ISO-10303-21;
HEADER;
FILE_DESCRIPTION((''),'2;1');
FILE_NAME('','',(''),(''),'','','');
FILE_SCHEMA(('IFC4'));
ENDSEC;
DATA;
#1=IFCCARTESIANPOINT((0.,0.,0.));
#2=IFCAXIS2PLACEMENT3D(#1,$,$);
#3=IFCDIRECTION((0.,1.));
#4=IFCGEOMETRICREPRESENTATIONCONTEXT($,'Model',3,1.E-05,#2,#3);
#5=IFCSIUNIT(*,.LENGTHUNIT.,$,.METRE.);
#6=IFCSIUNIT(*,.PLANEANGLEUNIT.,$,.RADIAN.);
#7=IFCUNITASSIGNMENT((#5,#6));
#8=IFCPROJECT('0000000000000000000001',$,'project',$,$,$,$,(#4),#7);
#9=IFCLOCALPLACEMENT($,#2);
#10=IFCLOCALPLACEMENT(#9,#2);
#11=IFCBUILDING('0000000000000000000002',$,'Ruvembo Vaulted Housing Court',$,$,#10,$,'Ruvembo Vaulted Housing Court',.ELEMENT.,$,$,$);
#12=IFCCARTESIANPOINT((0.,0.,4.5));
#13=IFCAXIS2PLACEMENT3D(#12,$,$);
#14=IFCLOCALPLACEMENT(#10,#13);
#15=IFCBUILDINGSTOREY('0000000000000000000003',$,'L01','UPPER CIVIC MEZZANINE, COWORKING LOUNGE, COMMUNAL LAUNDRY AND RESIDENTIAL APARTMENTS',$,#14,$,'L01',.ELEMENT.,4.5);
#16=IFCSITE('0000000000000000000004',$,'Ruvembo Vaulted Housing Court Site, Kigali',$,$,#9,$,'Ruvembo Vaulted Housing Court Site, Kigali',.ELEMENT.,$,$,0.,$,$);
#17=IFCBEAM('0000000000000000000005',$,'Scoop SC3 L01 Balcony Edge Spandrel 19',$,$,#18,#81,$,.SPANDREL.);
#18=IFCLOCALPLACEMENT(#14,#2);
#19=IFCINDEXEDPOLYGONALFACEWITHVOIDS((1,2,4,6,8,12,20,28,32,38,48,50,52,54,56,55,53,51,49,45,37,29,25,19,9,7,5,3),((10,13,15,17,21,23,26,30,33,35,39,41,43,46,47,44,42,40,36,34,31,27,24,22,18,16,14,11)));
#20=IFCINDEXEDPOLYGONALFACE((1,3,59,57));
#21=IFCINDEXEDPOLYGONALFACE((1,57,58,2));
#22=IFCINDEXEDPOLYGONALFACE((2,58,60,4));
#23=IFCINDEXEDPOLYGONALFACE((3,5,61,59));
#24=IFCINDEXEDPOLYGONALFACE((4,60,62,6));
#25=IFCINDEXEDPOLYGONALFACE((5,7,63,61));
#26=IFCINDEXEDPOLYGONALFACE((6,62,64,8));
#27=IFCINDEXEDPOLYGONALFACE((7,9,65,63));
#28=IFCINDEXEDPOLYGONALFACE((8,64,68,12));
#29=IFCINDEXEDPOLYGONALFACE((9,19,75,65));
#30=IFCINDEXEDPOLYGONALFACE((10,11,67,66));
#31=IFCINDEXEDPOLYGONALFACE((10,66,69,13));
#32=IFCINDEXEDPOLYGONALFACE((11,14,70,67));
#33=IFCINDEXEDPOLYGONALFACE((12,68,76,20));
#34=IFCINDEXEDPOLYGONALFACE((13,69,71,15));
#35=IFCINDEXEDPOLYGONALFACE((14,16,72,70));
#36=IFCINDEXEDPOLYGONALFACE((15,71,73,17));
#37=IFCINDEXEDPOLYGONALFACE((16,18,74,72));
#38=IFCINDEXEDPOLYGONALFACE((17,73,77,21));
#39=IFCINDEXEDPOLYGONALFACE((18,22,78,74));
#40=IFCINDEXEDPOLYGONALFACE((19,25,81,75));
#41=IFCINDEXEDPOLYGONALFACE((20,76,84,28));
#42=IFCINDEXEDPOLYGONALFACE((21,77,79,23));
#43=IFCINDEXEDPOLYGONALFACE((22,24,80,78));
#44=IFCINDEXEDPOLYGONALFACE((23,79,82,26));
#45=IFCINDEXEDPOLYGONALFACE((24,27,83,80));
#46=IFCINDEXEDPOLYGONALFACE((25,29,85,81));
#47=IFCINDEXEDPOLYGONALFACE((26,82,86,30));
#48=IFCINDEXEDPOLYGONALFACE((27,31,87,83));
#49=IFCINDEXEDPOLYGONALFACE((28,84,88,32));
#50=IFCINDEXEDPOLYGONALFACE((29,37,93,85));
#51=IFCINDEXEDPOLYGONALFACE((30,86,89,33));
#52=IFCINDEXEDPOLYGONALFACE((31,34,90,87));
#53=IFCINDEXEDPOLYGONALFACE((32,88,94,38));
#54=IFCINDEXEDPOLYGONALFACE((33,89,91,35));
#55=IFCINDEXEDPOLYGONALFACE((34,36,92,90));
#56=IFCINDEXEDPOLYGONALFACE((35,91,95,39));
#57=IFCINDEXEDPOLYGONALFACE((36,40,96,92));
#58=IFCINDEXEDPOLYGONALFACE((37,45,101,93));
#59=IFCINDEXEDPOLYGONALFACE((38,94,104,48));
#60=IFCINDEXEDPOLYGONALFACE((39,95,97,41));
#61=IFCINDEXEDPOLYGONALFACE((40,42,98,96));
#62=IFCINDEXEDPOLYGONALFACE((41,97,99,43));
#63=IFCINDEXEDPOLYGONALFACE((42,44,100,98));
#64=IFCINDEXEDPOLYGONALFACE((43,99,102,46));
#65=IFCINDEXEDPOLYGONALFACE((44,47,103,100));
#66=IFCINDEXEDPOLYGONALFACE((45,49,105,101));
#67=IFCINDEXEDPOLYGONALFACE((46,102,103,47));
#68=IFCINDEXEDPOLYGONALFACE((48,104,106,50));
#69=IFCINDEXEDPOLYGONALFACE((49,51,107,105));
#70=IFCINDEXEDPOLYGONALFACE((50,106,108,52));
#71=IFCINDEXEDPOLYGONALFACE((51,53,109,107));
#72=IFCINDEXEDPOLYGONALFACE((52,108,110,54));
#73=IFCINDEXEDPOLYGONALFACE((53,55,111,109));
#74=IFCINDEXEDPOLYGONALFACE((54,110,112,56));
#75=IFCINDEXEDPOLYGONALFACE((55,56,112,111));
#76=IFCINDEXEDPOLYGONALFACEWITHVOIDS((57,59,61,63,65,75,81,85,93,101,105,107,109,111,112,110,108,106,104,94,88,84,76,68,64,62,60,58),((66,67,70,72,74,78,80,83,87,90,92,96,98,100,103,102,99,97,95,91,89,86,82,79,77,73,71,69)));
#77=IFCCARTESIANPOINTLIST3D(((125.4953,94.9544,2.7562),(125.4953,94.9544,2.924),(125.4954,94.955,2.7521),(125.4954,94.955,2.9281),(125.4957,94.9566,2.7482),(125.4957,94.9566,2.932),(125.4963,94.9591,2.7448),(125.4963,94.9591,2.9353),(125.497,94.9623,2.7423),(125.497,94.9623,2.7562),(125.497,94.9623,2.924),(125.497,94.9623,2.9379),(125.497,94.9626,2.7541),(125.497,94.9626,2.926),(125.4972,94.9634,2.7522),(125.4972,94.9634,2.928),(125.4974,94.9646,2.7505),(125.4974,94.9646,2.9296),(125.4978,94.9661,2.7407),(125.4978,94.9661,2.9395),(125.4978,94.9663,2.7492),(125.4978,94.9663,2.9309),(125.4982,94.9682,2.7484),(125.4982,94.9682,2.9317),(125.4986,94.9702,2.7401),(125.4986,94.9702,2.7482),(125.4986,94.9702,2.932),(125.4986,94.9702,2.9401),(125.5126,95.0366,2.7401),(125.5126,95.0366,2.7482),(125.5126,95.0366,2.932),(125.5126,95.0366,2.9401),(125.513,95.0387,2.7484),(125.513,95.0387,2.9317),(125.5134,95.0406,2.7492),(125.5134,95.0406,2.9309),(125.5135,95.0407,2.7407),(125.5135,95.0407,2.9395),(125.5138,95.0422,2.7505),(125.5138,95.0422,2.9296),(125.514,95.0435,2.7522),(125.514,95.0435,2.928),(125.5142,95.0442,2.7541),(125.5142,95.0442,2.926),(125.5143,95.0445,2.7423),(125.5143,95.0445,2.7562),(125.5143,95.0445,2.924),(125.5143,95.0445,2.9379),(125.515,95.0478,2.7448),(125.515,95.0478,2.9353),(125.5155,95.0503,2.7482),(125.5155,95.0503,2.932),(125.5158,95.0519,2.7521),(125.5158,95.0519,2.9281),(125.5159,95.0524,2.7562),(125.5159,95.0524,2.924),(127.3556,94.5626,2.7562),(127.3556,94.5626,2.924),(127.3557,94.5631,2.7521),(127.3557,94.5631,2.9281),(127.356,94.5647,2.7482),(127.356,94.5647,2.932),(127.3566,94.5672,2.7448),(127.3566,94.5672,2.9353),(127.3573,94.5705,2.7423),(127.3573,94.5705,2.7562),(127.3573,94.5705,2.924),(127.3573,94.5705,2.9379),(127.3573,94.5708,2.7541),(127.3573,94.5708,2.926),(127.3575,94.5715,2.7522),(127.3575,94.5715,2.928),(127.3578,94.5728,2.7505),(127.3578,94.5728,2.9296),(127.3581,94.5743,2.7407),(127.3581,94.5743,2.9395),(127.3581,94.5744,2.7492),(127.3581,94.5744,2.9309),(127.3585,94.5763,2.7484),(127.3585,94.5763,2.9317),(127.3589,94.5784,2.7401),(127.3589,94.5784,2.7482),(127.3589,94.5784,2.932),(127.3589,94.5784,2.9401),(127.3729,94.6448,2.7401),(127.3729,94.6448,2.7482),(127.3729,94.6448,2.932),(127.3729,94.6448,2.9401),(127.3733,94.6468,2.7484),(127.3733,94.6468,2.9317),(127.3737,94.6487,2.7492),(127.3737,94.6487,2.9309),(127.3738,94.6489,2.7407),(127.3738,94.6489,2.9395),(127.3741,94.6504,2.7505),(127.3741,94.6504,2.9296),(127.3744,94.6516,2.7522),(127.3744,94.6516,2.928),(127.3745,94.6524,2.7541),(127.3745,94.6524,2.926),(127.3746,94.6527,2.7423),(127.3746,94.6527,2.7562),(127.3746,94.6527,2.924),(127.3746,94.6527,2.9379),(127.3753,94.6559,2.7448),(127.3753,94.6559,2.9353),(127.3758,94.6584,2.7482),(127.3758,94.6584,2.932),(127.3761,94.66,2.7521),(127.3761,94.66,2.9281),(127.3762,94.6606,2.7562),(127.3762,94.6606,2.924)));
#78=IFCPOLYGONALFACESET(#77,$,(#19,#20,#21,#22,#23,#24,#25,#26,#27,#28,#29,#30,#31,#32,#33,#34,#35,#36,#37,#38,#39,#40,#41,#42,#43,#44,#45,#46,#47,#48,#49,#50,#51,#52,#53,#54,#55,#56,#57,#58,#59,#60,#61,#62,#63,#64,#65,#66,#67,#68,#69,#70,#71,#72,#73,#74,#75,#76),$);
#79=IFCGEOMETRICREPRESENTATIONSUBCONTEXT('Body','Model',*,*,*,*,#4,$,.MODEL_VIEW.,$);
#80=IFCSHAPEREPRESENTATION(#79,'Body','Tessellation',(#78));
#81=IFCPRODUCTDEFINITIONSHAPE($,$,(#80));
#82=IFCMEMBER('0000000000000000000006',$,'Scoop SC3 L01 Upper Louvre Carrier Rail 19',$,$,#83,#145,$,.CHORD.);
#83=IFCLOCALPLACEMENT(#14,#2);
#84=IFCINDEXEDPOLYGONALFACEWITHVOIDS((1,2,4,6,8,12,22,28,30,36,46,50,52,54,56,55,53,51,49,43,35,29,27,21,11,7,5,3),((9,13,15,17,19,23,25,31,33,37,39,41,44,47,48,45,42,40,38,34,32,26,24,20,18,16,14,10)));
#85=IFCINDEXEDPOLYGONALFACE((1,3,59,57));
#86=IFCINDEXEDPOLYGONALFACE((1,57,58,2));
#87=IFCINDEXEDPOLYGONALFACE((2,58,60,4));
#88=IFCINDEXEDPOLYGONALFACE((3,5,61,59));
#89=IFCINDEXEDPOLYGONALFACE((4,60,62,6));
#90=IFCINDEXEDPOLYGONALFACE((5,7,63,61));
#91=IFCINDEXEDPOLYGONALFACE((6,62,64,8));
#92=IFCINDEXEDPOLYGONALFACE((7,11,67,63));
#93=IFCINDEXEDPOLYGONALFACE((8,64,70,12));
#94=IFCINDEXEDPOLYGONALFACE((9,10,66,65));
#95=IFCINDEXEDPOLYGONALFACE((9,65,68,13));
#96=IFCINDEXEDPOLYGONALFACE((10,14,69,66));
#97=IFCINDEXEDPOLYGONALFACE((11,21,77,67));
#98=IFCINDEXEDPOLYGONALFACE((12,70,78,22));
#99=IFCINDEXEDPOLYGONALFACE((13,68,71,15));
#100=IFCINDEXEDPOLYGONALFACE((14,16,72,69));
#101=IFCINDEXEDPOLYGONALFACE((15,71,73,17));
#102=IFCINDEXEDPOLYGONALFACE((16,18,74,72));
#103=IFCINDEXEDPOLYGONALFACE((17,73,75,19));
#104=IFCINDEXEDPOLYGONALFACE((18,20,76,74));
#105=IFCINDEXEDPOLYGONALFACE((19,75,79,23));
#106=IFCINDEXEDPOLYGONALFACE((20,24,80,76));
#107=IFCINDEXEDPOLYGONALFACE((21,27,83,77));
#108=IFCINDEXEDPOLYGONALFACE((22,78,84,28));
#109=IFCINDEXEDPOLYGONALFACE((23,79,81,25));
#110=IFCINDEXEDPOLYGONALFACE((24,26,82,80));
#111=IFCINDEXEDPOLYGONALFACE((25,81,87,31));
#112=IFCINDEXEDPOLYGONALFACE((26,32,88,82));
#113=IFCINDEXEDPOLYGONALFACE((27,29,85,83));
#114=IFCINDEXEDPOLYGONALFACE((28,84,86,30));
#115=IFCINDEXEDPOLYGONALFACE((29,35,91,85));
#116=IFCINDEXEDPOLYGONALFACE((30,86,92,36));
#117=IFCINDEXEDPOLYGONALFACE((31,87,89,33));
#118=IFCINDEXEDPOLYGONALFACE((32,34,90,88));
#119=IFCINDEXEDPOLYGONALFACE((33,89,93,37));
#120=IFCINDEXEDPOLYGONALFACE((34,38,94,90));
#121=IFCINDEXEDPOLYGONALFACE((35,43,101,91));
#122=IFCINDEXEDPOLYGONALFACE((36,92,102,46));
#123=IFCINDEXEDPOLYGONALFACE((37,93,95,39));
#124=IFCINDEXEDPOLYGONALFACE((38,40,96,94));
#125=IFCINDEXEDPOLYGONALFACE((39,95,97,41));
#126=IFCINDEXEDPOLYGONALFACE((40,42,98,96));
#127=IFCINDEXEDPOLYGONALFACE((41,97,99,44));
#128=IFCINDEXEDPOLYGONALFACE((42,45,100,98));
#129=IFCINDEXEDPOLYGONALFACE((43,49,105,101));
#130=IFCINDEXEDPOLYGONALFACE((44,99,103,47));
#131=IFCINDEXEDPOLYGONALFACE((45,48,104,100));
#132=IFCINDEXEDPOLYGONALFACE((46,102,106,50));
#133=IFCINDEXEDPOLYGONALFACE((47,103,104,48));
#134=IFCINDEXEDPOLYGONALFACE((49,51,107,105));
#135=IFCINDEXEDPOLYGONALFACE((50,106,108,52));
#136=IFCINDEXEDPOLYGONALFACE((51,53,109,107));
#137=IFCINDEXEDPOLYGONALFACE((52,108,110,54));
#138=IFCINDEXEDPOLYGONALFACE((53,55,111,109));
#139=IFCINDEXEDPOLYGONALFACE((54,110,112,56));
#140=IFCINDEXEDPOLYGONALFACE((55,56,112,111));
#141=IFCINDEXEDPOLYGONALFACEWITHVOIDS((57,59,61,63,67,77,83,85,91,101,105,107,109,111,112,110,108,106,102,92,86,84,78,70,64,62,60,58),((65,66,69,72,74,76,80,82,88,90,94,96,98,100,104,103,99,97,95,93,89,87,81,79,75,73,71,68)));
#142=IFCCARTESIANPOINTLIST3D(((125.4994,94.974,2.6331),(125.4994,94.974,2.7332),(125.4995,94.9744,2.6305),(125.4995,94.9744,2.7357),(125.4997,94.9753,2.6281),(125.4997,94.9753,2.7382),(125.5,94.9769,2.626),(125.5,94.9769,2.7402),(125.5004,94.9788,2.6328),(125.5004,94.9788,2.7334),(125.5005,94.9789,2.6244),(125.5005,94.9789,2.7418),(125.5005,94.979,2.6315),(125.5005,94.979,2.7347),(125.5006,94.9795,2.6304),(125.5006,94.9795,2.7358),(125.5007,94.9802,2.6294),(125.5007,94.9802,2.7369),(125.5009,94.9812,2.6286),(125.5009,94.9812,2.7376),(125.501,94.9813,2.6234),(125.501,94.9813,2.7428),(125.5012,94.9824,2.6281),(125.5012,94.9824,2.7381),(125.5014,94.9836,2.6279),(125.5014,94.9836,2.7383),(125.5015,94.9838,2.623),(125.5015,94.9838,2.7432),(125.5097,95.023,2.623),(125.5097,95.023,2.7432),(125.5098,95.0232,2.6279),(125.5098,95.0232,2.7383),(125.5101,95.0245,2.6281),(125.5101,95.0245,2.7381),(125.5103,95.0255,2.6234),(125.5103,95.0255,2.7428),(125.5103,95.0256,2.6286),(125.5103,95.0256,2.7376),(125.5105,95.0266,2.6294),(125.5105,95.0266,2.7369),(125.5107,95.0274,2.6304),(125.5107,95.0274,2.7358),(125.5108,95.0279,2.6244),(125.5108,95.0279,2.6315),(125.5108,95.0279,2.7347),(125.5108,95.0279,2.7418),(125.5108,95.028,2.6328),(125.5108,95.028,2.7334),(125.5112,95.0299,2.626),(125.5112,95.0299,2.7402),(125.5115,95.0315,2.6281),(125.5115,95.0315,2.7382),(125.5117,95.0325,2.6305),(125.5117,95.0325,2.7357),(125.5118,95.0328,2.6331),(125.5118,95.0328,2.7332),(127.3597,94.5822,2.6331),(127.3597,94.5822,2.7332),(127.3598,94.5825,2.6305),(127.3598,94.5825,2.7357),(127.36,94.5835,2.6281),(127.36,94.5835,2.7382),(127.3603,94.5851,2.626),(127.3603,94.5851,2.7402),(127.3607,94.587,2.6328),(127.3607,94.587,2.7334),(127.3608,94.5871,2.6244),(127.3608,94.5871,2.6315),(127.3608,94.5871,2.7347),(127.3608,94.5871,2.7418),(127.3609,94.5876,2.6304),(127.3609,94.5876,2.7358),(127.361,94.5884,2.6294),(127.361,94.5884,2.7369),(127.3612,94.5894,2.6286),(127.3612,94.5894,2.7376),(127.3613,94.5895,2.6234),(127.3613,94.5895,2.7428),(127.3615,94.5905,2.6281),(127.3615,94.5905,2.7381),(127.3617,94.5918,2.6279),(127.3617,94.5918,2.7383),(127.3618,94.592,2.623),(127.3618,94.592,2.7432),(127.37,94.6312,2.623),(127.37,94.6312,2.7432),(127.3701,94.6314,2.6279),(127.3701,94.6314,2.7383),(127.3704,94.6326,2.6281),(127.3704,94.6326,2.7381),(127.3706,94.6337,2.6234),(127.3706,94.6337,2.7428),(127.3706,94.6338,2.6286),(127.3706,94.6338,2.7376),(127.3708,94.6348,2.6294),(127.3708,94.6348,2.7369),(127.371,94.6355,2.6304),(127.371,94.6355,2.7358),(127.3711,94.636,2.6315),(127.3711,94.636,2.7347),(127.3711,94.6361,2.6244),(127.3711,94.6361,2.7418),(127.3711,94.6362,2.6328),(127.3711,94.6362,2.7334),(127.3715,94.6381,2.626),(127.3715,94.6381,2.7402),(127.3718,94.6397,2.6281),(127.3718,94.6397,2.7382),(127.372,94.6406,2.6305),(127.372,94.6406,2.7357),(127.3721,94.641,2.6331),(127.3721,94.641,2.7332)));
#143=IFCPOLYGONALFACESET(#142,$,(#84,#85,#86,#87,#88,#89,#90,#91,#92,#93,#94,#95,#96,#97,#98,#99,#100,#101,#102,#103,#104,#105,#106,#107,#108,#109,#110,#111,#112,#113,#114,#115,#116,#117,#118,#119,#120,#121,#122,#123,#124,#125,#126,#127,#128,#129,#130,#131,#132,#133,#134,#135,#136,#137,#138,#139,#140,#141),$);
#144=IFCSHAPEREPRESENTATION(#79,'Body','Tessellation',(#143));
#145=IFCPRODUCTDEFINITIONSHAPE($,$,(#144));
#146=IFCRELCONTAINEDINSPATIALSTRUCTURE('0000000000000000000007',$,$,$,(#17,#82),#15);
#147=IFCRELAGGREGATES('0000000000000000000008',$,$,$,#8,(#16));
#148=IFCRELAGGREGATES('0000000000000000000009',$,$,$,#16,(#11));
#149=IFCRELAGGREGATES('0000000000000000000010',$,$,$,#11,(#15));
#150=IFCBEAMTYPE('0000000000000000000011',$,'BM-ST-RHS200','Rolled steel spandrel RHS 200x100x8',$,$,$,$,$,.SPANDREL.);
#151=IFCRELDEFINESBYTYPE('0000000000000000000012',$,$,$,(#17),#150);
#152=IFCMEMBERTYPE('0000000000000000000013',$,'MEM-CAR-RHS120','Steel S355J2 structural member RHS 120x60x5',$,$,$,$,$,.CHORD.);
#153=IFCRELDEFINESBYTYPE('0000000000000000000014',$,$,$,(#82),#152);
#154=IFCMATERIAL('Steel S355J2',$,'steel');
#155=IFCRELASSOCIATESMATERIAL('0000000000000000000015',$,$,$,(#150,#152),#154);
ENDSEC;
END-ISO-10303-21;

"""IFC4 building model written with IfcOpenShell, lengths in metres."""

from ifc_helpers import new_model, si_unit, direction, frame, origin, origin_2d, place, context, subcontext, project, spatial, hollow_rectangle, extrude, material, material_profile, profile_set, type_object, element, save


model = new_model("IFC4")

# Units and contexts
model_context = context("Model", 3, precision=1e-05, world=origin(), true_north=direction((0.0, 1.0)))
body_context = subcontext(model_context, "Body", "Model", "MODEL_VIEW")
ifc_project = project(units=[si_unit("LENGTHUNIT", "METRE"), si_unit("PLANEANGLEUNIT", "RADIAN")], contexts=[model_context])

# Site, building, storey
site_placement = place(None, origin())
site = spatial("IfcSite", under=ifc_project, at=site_placement, Name="Ruvembo Vaulted Housing Court Site, Kigali", LongName="Ruvembo Vaulted Housing Court Site, Kigali", CompositionType="ELEMENT", RefElevation=0.0)
building_placement = place(site_placement, origin())
building = spatial("IfcBuilding", under=site, at=building_placement, Name="Ruvembo Vaulted Housing Court", LongName="Ruvembo Vaulted Housing Court", CompositionType="ELEMENT")
storey_placement = place(building_placement, frame((0.0, 0.0, 4.5)))
storey = spatial("IfcBuildingStorey", under=building, at=storey_placement, Name="L01", Description="UPPER CIVIC MEZZANINE, COWORKING LOUNGE, COMMUNAL LAUNDRY AND RESIDENTIAL APARTMENTS", LongName="L01", CompositionType="ELEMENT", Elevation=4.5)

# Beam
ifc_material_1 = material(Name="Steel S355J2", Category="steel")
ifc_material_profile_1 = material_profile(ifc_material_1, hollow_rectangle(XDim=0.1001, YDim=0.2, WallThickness=0.0081, InnerFilletRadius=0.0081, OuterFilletRadius=0.0161, at=origin_2d()), Name="RHS 200x100x8")
ifc_profile_set_1 = profile_set([ifc_material_profile_1], Name="Steel S355J2")
beam_type_1 = type_object("IfcBeamType", Name="BM-ST-RHS200", Description="Rolled steel spandrel RHS 200x100x8", PredefinedType="SPANDREL", material=ifc_profile_set_1)
beam_placement = place(storey_placement, frame((125.5056, 95.0034, 2.8401), z_axis=(0.978529, -0.206108, 0.0), x_axis=(0.206108, 0.978529, 0.0)))
element("IfcBeam", 1, at=beam_placement, inside=storey, type_object=beam_type_1, Name="Scoop SC3 L01 Balcony Edge Spandrel 19", PredefinedType="SPANDREL", context=body_context, shape_type="SweptSolid", body=[
    extrude(hollow_rectangle(XDim=0.1001, YDim=0.2, WallThickness=0.0081, InnerFilletRadius=0.0081, OuterFilletRadius=0.0161, at=origin_2d()), origin(), (0.0, 0.0, 1.0), 1.9011),
])

# Member
ifc_material_profile_2 = material_profile(ifc_material_1, hollow_rectangle(XDim=0.0601, YDim=0.1201, WallThickness=0.0049, InnerFilletRadius=0.0049, OuterFilletRadius=0.01, at=origin_2d()), Name="RHS 120x60x5")
ifc_profile_set_2 = profile_set([ifc_material_profile_2], Name="Steel S355J2")
member_type_1 = type_object("IfcMemberType", Name="MEM-CAR-RHS120", Description="Steel S355J2 structural member RHS 120x60x5", PredefinedType="CHORD", material=ifc_profile_set_2)
member_1_placement = place(storey_placement, frame((125.5056, 95.0034, 2.6831), z_axis=(0.978529, -0.206108, 0.0), x_axis=(0.206108, 0.978529, 0.0)))
element("IfcMember", 2, at=member_1_placement, inside=storey, type_object=member_type_1, Name="Scoop SC3 L01 Upper Louvre Carrier Rail 19", PredefinedType="CHORD", context=body_context, shape_type="SweptSolid", body=[
    extrude(hollow_rectangle(XDim=0.0601, YDim=0.1201, WallThickness=0.0049, InnerFilletRadius=0.0049, OuterFilletRadius=0.01, at=origin_2d()), origin(), (0.0, 0.0, 1.0), 1.9011),
])

save(model, "model.ifc")
